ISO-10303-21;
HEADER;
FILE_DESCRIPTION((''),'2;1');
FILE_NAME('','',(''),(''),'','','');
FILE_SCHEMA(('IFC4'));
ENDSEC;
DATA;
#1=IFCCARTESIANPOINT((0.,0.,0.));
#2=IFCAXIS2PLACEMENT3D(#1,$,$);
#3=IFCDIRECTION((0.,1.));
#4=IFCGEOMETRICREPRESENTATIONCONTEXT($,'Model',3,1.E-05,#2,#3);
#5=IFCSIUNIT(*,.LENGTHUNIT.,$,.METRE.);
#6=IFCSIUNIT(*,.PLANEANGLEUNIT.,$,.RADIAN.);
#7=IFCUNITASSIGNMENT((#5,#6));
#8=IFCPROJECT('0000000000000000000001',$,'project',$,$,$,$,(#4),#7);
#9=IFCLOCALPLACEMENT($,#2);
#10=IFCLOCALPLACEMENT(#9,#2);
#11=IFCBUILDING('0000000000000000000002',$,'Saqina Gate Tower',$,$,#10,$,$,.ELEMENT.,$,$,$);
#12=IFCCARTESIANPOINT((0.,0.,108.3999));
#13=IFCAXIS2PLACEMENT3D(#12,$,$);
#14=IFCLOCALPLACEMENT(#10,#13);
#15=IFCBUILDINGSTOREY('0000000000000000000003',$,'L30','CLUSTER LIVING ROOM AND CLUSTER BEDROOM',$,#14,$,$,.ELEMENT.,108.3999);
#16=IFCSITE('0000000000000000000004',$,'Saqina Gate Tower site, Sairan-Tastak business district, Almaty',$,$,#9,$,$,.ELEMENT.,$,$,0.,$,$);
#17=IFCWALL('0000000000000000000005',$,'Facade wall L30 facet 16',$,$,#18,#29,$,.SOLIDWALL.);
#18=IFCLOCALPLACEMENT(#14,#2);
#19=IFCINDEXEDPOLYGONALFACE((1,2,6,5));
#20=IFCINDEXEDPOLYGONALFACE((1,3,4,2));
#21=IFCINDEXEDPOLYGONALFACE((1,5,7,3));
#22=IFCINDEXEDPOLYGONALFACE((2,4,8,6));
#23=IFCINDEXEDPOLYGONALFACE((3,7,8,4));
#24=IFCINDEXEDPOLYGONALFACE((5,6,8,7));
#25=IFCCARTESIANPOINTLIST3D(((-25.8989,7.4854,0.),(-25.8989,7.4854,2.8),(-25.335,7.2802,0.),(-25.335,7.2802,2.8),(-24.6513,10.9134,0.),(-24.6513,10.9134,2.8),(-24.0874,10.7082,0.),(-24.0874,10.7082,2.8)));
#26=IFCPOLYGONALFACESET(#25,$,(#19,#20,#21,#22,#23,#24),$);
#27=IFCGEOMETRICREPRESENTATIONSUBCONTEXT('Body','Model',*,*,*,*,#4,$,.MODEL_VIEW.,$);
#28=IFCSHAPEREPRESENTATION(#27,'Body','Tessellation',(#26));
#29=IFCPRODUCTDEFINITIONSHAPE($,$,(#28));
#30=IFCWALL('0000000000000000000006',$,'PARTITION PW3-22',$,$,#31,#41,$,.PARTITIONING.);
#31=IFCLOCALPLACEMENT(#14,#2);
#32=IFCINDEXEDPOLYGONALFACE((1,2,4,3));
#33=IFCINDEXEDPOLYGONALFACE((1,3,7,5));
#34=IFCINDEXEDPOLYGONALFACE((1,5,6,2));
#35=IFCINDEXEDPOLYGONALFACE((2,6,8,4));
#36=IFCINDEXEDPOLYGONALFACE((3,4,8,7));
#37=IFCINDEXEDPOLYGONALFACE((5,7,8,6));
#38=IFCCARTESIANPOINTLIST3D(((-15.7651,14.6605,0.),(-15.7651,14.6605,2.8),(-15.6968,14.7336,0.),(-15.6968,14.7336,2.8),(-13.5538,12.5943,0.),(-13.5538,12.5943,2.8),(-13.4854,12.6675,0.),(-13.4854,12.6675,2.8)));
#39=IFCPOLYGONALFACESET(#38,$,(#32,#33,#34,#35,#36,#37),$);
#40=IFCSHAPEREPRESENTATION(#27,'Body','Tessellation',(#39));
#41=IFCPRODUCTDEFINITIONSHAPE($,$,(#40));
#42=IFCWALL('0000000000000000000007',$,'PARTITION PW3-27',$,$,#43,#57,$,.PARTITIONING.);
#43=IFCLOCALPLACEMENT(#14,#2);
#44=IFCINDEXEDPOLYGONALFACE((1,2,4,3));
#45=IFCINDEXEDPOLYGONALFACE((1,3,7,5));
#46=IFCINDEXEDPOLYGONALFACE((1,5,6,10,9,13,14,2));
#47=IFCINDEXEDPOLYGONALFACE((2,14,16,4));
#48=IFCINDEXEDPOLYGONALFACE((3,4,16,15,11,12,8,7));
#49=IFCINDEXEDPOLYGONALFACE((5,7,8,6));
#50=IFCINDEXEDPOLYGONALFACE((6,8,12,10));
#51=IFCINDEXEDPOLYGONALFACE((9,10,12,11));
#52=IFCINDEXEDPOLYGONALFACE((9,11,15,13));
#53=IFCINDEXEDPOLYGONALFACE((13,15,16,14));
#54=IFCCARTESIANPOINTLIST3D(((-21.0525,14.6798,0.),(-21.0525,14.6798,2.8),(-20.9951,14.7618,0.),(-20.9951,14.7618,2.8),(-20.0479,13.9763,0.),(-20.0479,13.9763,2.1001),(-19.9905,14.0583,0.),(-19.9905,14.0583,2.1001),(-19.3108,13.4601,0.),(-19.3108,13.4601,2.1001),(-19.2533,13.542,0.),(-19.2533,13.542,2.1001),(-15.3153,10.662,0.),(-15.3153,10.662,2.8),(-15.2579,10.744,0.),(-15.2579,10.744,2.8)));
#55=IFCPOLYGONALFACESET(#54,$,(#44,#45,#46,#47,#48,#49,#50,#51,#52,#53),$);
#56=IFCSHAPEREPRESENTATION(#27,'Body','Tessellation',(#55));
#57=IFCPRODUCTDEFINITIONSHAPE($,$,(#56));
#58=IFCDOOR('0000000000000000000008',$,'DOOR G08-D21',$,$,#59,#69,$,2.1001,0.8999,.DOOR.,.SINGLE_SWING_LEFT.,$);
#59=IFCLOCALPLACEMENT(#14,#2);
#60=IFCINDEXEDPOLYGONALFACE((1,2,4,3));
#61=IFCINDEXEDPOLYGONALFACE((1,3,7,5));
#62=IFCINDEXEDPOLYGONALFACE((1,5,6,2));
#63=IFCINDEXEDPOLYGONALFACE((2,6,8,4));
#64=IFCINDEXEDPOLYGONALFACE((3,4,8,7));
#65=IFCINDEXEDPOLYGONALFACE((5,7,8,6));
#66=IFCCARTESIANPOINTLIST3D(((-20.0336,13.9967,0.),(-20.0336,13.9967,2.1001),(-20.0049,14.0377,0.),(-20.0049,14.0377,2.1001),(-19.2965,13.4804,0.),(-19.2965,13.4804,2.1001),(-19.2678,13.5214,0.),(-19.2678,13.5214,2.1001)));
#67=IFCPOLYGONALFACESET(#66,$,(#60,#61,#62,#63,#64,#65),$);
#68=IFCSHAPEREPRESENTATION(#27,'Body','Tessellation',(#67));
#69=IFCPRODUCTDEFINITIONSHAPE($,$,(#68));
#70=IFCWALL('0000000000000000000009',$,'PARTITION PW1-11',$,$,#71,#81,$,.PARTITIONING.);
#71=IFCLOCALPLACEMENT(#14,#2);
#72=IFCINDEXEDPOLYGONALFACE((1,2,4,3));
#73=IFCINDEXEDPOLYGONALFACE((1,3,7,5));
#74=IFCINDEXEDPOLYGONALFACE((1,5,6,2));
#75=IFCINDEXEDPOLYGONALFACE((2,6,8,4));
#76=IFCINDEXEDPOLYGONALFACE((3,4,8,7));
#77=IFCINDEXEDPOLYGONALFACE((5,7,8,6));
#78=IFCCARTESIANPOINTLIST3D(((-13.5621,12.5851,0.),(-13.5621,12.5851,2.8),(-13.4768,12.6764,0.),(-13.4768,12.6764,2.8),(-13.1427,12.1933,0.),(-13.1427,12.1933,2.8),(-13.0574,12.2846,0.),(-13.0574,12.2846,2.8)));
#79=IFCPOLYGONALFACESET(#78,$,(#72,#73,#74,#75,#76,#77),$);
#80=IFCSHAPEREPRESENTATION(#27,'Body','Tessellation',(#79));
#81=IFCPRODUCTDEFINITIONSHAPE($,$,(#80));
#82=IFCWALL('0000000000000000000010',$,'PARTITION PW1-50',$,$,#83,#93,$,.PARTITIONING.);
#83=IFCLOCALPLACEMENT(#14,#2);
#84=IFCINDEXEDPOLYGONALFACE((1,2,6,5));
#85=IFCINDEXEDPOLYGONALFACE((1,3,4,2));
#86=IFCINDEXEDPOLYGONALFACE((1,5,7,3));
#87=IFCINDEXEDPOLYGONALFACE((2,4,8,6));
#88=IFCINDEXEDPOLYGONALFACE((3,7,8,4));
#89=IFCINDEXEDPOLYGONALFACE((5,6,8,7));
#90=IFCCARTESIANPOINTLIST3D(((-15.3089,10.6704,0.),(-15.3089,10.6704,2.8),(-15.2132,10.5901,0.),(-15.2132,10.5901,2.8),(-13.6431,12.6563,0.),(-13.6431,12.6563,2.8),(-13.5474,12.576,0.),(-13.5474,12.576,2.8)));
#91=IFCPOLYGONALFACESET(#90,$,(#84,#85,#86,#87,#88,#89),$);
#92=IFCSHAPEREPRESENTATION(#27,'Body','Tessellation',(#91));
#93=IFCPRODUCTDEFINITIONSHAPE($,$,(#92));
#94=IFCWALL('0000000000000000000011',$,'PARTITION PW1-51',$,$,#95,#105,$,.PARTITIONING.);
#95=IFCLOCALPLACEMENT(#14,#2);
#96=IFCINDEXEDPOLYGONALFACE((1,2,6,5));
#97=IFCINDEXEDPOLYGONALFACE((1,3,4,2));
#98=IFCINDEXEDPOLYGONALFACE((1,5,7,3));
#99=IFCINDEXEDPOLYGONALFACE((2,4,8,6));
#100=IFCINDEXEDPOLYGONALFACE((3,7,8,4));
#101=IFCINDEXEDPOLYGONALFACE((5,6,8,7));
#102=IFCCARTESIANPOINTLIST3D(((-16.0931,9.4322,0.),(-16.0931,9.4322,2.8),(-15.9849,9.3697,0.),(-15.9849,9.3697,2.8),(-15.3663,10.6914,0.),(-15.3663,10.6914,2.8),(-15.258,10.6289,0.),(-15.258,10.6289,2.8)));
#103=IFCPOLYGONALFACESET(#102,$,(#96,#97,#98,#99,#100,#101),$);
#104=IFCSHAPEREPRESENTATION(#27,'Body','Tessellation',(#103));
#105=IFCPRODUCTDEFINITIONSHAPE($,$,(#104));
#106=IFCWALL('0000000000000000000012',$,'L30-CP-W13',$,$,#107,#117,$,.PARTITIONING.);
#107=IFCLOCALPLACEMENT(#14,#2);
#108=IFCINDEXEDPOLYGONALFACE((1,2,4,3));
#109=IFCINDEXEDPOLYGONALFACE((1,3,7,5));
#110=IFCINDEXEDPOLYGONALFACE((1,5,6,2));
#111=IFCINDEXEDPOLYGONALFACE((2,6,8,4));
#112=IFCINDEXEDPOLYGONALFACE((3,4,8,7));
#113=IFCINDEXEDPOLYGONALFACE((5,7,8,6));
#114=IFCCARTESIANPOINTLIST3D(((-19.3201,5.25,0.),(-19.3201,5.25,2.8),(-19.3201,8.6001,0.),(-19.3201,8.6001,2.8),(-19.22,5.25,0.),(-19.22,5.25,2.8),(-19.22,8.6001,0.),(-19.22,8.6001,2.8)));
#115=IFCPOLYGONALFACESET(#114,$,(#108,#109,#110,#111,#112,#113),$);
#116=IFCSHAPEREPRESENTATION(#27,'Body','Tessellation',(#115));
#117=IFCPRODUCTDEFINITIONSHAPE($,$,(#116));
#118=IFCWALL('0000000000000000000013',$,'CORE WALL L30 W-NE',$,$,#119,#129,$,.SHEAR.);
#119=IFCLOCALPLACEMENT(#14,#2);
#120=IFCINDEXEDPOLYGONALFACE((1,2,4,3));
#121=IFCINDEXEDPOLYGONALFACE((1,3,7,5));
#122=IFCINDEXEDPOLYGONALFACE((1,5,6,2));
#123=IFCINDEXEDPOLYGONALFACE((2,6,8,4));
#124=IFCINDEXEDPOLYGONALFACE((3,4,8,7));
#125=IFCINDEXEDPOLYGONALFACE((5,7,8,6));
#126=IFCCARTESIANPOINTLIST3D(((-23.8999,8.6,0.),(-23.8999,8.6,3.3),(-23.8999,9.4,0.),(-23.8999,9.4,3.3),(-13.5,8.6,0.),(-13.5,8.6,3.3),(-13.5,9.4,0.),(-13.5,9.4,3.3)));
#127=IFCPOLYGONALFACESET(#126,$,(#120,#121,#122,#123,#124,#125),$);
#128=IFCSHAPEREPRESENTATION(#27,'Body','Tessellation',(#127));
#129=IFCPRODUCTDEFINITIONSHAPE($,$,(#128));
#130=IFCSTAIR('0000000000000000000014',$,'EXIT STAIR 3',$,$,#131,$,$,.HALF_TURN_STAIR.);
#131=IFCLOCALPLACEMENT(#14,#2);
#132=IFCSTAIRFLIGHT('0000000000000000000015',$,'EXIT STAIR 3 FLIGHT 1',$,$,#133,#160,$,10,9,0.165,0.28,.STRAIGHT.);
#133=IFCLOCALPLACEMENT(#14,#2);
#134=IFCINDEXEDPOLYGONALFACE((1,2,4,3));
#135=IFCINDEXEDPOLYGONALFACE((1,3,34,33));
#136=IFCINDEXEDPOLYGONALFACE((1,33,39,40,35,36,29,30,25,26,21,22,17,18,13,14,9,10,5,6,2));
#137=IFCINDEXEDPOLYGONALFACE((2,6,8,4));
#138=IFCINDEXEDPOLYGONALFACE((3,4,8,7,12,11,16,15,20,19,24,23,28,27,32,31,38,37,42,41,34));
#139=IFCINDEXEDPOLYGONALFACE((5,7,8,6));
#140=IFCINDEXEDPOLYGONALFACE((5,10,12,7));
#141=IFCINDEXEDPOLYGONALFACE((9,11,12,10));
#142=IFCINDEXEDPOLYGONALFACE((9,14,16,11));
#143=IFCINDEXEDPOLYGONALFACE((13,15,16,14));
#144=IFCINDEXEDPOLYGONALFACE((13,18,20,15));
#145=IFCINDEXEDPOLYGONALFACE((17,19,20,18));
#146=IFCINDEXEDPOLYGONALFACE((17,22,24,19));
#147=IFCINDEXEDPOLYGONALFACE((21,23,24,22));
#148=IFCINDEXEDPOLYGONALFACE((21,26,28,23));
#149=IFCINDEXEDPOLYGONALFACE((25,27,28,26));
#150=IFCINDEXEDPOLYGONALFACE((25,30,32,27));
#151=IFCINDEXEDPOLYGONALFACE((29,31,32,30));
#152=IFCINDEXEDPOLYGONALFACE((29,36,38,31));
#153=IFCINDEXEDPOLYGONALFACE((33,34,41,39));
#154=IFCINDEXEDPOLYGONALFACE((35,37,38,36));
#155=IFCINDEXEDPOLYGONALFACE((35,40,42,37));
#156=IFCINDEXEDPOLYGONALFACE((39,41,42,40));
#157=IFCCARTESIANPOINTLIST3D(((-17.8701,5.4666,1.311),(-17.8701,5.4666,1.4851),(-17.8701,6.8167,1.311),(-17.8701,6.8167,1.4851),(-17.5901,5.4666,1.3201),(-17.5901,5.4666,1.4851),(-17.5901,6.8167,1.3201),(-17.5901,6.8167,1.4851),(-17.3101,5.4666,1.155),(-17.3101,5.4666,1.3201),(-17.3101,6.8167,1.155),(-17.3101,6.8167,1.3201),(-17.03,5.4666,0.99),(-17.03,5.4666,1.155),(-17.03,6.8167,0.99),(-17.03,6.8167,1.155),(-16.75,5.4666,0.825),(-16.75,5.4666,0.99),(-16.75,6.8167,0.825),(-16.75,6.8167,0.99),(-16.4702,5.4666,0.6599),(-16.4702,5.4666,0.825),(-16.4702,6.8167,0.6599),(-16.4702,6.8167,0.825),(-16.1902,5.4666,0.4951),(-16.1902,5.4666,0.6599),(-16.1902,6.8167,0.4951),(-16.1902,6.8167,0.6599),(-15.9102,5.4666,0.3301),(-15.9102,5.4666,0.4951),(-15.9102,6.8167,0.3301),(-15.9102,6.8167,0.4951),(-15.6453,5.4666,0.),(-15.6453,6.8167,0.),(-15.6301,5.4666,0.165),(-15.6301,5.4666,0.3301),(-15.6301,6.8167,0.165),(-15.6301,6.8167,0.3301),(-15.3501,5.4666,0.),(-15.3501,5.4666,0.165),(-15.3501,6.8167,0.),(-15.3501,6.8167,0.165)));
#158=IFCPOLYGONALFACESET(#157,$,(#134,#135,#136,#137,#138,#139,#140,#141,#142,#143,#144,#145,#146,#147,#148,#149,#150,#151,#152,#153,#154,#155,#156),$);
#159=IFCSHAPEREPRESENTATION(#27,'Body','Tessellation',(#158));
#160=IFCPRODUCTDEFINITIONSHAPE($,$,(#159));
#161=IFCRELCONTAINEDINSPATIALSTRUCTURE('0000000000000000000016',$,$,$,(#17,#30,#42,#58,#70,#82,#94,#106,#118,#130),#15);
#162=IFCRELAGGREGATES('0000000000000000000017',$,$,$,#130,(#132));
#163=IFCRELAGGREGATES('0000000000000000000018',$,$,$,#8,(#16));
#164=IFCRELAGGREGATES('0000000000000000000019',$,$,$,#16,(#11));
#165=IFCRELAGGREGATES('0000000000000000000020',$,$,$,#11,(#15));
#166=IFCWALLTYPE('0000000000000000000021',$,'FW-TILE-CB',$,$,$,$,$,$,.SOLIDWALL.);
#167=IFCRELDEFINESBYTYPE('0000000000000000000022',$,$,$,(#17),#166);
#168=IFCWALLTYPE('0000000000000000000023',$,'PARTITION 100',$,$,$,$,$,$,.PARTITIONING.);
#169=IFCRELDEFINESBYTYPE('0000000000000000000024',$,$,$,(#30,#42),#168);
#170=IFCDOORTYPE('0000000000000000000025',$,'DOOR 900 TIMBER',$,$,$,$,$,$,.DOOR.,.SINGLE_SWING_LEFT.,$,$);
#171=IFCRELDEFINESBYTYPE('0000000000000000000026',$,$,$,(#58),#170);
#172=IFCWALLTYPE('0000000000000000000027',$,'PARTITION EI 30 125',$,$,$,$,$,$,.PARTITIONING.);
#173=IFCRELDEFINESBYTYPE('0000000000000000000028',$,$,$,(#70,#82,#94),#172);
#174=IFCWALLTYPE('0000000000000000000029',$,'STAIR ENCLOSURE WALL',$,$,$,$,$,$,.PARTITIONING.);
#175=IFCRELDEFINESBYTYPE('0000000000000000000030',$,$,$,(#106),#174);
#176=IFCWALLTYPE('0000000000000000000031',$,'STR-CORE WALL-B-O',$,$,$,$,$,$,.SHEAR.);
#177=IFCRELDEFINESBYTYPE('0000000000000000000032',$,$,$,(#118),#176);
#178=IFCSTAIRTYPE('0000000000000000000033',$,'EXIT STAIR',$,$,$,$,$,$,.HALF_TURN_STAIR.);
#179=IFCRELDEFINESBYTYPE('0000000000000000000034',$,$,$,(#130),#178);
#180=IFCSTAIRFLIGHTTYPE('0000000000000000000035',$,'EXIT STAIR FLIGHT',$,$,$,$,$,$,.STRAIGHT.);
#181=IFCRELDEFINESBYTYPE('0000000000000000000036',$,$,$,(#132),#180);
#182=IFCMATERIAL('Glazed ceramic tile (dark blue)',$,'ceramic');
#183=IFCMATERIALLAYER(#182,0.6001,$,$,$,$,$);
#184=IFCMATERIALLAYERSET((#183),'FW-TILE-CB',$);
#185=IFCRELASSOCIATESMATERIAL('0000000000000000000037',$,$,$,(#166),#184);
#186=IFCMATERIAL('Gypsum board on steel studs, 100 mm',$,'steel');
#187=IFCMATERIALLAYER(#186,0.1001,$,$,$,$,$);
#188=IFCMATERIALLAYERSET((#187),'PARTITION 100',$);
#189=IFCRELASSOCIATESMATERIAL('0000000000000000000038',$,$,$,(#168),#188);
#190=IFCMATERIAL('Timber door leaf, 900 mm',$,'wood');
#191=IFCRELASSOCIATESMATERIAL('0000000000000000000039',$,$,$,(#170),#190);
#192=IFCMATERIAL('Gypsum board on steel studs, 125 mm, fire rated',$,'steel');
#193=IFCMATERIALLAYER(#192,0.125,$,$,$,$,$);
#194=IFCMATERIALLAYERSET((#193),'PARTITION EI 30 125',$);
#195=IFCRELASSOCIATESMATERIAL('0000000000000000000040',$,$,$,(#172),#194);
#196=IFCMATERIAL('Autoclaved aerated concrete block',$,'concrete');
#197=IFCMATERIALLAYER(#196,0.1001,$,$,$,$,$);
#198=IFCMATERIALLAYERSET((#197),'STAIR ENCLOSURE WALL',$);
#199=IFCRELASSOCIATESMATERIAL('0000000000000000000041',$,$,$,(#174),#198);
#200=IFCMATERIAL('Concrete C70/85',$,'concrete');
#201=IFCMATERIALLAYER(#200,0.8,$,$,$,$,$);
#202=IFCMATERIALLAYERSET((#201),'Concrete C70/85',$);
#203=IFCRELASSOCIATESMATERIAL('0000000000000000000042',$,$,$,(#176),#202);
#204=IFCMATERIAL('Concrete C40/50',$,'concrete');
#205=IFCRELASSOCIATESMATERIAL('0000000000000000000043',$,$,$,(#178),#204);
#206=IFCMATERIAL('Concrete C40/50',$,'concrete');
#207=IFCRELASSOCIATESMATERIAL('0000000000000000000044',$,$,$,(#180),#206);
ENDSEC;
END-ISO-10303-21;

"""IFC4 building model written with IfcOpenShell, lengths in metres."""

from ifc_helpers import new_model, si_unit, direction, frame, frame_2d, origin, place, context, subcontext, project, spatial, polyline, rectangle, outline, extrude, material, layer, layer_set, type_object, element, fill, aggregate, save


model = new_model("IFC4")

# Units and contexts
model_context = context("Model", 3, precision=1e-05, world=origin(), true_north=direction((0.0, 1.0)))
body_context = subcontext(model_context, "Body", "Model", "MODEL_VIEW")
ifc_project = project(units=[si_unit("LENGTHUNIT", "METRE"), si_unit("PLANEANGLEUNIT", "RADIAN")], contexts=[model_context])

# Site, building, storey
site_placement = place(None, origin())
site = spatial("IfcSite", under=ifc_project, at=site_placement, Name="Saqina Gate Tower site, Sairan-Tastak business district, Almaty", CompositionType="ELEMENT", RefElevation=0.0)
building_placement = place(site_placement, origin())
building = spatial("IfcBuilding", under=site, at=building_placement, Name="Saqina Gate Tower", CompositionType="ELEMENT")
storey_placement = place(building_placement, frame((0.0, 0.0, 108.3999)))
storey = spatial("IfcBuildingStorey", under=building, at=storey_placement, Name="L30", Description="CLUSTER LIVING ROOM AND CLUSTER BEDROOM", CompositionType="ELEMENT", Elevation=108.3999)

# Walls
ifc_material_1 = material(Name="Glazed ceramic tile (dark blue)", Category="ceramic")
ifc_layer_1 = layer(ifc_material_1, 0.6001)
ifc_layer_set_1 = layer_set([ifc_layer_1], Name="FW-TILE-CB")
wall_type_1 = type_object("IfcWallType", Name="FW-TILE-CB", PredefinedType="SOLIDWALL", material=ifc_layer_set_1)
wall_1_placement = place(storey_placement, frame((-24.3694, 10.8108, 0.0), z_axis=(0.0, 0.0, 1.0), x_axis=(-0.34199, -0.939704, 0.0)))
element("IfcWall", 1, at=wall_1_placement, inside=storey, type_object=wall_type_1, Name="Facade wall L30 facet 16", PredefinedType="SOLIDWALL", context=body_context, shape_type="SweptSolid", body=[
    extrude(rectangle(XDim=3.6479, YDim=0.6001, at=frame_2d((1.824, 0.0))), origin(), (0.0, 0.0, 1.0), 2.8),
])
ifc_material_2 = material(Name="Gypsum board on steel studs, 100 mm", Category="steel")
ifc_layer_2 = layer(ifc_material_2, 0.1001)
ifc_layer_set_2 = layer_set([ifc_layer_2], Name="PARTITION 100")
wall_type_2 = type_object("IfcWallType", Name="PARTITION 100", PredefinedType="PARTITIONING", material=ifc_layer_set_2)
wall_2_placement = place(storey_placement, frame((-15.731, 14.697, 0.0), z_axis=(0.0, 0.0, 1.0), x_axis=(0.730698, -0.6827, 0.0)))
element("IfcWall", 2, at=wall_2_placement, inside=storey, type_object=wall_type_2, Name="PARTITION PW3-22", PredefinedType="PARTITIONING", context=body_context, shape_type="SweptSolid", body=[
    extrude(rectangle(XDim=3.0264, YDim=0.1001, at=frame_2d((1.5132, 0.0))), origin(), (0.0, 0.0, 1.0), 2.8),
])

# Wall, opening, door
wall_3_placement = place(storey_placement, frame((-21.0237, 14.7207, 0.0), z_axis=(0.0, 0.0, 1.0), x_axis=(0.819117, -0.573626, 0.0)))
wall_3 = element("IfcWall", 3, at=wall_3_placement, inside=storey, type_object=wall_type_2, Name="PARTITION PW3-27", PredefinedType="PARTITIONING", context=body_context, shape_type="SweptSolid", body=[
    extrude(rectangle(XDim=7.0042, YDim=0.1001, at=frame_2d((3.502, 0.0))), origin(), (0.0, 0.0, 1.0), 2.8),
])
opening_placement = place(wall_3_placement, frame((1.2263, 0.0, 0.0)))
opening = element("IfcOpeningElement", 4, at=opening_placement, cuts=wall_3, PredefinedType="OPENING", context=body_context, shape_type="SweptSolid", body=[
    extrude(rectangle(XDim=0.8999, YDim=2.1001, at=frame_2d((0.45, 1.05))), frame((0.0, 0.062, 0.0), z_axis=(0.0, -1.0, 0.0), x_axis=(1.0, 0.0, 0.0)), (0.0, 0.0, 1.0), 0.124),
])
ifc_material_3 = material(Name="Timber door leaf, 900 mm", Category="wood")
door_type = type_object("IfcDoorType", Name="DOOR 900 TIMBER", OperationType="SINGLE_SWING_LEFT", PredefinedType="DOOR", material=ifc_material_3)
door_placement = place(opening_placement, origin())
door = element("IfcDoor", 5, at=door_placement, inside=storey, type_object=door_type, Name="DOOR G08-D21", OperationType="SINGLE_SWING_LEFT", OverallHeight=2.1001, OverallWidth=0.8999, PredefinedType="DOOR", context=body_context, shape_type="SweptSolid", body=[
    extrude(rectangle(XDim=0.8999, YDim=2.1001, at=frame_2d((0.45, 1.05))), frame((0.0, 0.0249, 0.0), z_axis=(0.0, -1.0, 0.0), x_axis=(1.0, 0.0, 0.0)), (0.0, 0.0, 1.0), 0.05),
])
fill(opening, door)

# Walls
ifc_material_4 = material(Name="Gypsum board on steel studs, 125 mm, fire rated", Category="steel")
ifc_layer_3 = layer(ifc_material_4, 0.125)
ifc_layer_set_3 = layer_set([ifc_layer_3], Name="PARTITION EI 30 125")
wall_type_3 = type_object("IfcWallType", Name="PARTITION EI 30 125", PredefinedType="PARTITIONING", material=ifc_layer_set_3)
wall_4_placement = place(storey_placement, frame((-13.5195, 12.6309, 0.0), z_axis=(0.0, 0.0, 1.0), x_axis=(0.73073, -0.682667, 0.0)))
element("IfcWall", 6, at=wall_4_placement, inside=storey, type_object=wall_type_3, Name="PARTITION PW1-11", PredefinedType="PARTITIONING", context=body_context, shape_type="SweptSolid", body=[
    extrude(rectangle(XDim=0.574, YDim=0.125, at=frame_2d((0.2871, 0.0))), origin(), (0.0, 0.0, 1.0), 2.8),
])
wall_5_placement = place(storey_placement, frame((-15.261, 10.6304, 0.0), z_axis=(0.0, 0.0, 1.0), x_axis=(0.642664, 0.766148, 0.0)))
element("IfcWall", 7, at=wall_5_placement, inside=storey, type_object=wall_type_3, Name="PARTITION PW1-50", PredefinedType="PARTITIONING", context=body_context, shape_type="SweptSolid", body=[
    extrude(rectangle(XDim=2.592, YDim=0.125, at=frame_2d((1.2959, 0.0))), origin(), (0.0, 0.0, 1.0), 2.8),
])
wall_6_placement = place(storey_placement, frame((-16.0391, 9.4009, 0.0), z_axis=(0.0, 0.0, 1.0), x_axis=(0.49995, 0.866054, 0.0)))
element("IfcWall", 8, at=wall_6_placement, inside=storey, type_object=wall_type_3, Name="PARTITION PW1-51", PredefinedType="PARTITIONING", context=body_context, shape_type="SweptSolid", body=[
    extrude(rectangle(XDim=1.4539, YDim=0.125, at=frame_2d((0.7271, 0.0))), origin(), (0.0, 0.0, 1.0), 2.8),
])
ifc_material_5 = material(Name="Autoclaved aerated concrete block", Category="concrete")
ifc_layer_4 = layer(ifc_material_5, 0.1001)
ifc_layer_set_4 = layer_set([ifc_layer_4], Name="STAIR ENCLOSURE WALL")
wall_type_4 = type_object("IfcWallType", Name="STAIR ENCLOSURE WALL", PredefinedType="PARTITIONING", material=ifc_layer_set_4)
wall_7_placement = place(storey_placement, frame((-19.27, 5.25, 0.0), z_axis=(0.0, 0.0, 1.0), x_axis=(0.0, 1.0, 0.0)))
element("IfcWall", 9, at=wall_7_placement, inside=storey, type_object=wall_type_4, Name="L30-CP-W13", PredefinedType="PARTITIONING", context=body_context, shape_type="SweptSolid", body=[
    extrude(rectangle(XDim=3.3501, YDim=0.1001, at=frame_2d((1.675, 0.0))), origin(), (0.0, 0.0, 1.0), 2.8),
])
ifc_material_6 = material(Name="Concrete C70/85", Category="concrete")
ifc_layer_5 = layer(ifc_material_6, 0.8)
ifc_layer_set_5 = layer_set([ifc_layer_5], Name="Concrete C70/85")
wall_type_5 = type_object("IfcWallType", Name="STR-CORE WALL-B-O", PredefinedType="SHEAR", material=ifc_layer_set_5)
wall_8_placement = place(storey_placement, frame((-13.5, 9.0, 0.0), z_axis=(0.0, 0.0, 1.0), x_axis=(-1.0, 0.0, 0.0)))
element("IfcWall", 10, at=wall_8_placement, inside=storey, type_object=wall_type_5, Name="CORE WALL L30 W-NE", PredefinedType="SHEAR", context=body_context, shape_type="SweptSolid", body=[
    extrude(rectangle(XDim=10.3999, YDim=0.8, at=frame_2d((5.2, 0.0))), origin(), (0.0, 0.0, 1.0), 3.3),
])

# Stair, stair flight
ifc_material_7 = material(Name="Concrete C40/50", Category="concrete")
stair_type = type_object("IfcStairType", Name="EXIT STAIR", PredefinedType="HALF_TURN_STAIR", material=ifc_material_7)
stair_placement = place(storey_placement, origin())
stair = element("IfcStair", 11, at=stair_placement, inside=storey, type_object=stair_type, Name="EXIT STAIR 3", PredefinedType="HALF_TURN_STAIR")
ifc_material_8 = material(Name="Concrete C40/50", Category="concrete")
stair_flight_type = type_object("IfcStairFlightType", Name="EXIT STAIR FLIGHT", PredefinedType="STRAIGHT", material=ifc_material_8)
stair_flight_1_placement = place(storey_placement, frame((-15.3501, 6.1416, 0.0), z_axis=(0.0, 0.0, 1.0), x_axis=(-1.0, 0.0, 0.0)))
stair_flight_1 = element("IfcStairFlight", 12, at=stair_flight_1_placement, type_object=stair_flight_type, Name="EXIT STAIR 3 FLIGHT 1", NumberOfRisers=10, NumberOfTreads=9, PredefinedType="STRAIGHT", RiserHeight=0.165, TreadLength=0.28, context=body_context, shape_type="SweptSolid", body=[
    extrude(outline(polyline([(0.0, 0.0), (0.0, 0.165), (0.28, 0.165), (0.28, 0.3301), (0.5601, 0.3301), (0.5601, 0.4951), (0.8401, 0.4951), (0.8401, 0.6599), (1.1201, 0.6599), (1.1201, 0.825), (1.3999, 0.825), (1.3999, 0.99), (1.6799, 0.99), (1.6799, 1.155), (1.96, 1.155), (1.96, 1.3201), (2.24, 1.3201), (2.24, 1.4851), (2.52, 1.4851), (2.52, 1.6499), (2.52, 1.311), (0.2952, 0.0), (0.0, 0.0)])), frame((0.0, 0.675, 0.0), z_axis=(0.0, -1.0, 0.0), x_axis=(1.0, 0.0, 0.0)), (0.0, 0.0, 1.0), 1.3501),
])
aggregate(stair, [stair_flight_1])

save(model, "model.ifc")
